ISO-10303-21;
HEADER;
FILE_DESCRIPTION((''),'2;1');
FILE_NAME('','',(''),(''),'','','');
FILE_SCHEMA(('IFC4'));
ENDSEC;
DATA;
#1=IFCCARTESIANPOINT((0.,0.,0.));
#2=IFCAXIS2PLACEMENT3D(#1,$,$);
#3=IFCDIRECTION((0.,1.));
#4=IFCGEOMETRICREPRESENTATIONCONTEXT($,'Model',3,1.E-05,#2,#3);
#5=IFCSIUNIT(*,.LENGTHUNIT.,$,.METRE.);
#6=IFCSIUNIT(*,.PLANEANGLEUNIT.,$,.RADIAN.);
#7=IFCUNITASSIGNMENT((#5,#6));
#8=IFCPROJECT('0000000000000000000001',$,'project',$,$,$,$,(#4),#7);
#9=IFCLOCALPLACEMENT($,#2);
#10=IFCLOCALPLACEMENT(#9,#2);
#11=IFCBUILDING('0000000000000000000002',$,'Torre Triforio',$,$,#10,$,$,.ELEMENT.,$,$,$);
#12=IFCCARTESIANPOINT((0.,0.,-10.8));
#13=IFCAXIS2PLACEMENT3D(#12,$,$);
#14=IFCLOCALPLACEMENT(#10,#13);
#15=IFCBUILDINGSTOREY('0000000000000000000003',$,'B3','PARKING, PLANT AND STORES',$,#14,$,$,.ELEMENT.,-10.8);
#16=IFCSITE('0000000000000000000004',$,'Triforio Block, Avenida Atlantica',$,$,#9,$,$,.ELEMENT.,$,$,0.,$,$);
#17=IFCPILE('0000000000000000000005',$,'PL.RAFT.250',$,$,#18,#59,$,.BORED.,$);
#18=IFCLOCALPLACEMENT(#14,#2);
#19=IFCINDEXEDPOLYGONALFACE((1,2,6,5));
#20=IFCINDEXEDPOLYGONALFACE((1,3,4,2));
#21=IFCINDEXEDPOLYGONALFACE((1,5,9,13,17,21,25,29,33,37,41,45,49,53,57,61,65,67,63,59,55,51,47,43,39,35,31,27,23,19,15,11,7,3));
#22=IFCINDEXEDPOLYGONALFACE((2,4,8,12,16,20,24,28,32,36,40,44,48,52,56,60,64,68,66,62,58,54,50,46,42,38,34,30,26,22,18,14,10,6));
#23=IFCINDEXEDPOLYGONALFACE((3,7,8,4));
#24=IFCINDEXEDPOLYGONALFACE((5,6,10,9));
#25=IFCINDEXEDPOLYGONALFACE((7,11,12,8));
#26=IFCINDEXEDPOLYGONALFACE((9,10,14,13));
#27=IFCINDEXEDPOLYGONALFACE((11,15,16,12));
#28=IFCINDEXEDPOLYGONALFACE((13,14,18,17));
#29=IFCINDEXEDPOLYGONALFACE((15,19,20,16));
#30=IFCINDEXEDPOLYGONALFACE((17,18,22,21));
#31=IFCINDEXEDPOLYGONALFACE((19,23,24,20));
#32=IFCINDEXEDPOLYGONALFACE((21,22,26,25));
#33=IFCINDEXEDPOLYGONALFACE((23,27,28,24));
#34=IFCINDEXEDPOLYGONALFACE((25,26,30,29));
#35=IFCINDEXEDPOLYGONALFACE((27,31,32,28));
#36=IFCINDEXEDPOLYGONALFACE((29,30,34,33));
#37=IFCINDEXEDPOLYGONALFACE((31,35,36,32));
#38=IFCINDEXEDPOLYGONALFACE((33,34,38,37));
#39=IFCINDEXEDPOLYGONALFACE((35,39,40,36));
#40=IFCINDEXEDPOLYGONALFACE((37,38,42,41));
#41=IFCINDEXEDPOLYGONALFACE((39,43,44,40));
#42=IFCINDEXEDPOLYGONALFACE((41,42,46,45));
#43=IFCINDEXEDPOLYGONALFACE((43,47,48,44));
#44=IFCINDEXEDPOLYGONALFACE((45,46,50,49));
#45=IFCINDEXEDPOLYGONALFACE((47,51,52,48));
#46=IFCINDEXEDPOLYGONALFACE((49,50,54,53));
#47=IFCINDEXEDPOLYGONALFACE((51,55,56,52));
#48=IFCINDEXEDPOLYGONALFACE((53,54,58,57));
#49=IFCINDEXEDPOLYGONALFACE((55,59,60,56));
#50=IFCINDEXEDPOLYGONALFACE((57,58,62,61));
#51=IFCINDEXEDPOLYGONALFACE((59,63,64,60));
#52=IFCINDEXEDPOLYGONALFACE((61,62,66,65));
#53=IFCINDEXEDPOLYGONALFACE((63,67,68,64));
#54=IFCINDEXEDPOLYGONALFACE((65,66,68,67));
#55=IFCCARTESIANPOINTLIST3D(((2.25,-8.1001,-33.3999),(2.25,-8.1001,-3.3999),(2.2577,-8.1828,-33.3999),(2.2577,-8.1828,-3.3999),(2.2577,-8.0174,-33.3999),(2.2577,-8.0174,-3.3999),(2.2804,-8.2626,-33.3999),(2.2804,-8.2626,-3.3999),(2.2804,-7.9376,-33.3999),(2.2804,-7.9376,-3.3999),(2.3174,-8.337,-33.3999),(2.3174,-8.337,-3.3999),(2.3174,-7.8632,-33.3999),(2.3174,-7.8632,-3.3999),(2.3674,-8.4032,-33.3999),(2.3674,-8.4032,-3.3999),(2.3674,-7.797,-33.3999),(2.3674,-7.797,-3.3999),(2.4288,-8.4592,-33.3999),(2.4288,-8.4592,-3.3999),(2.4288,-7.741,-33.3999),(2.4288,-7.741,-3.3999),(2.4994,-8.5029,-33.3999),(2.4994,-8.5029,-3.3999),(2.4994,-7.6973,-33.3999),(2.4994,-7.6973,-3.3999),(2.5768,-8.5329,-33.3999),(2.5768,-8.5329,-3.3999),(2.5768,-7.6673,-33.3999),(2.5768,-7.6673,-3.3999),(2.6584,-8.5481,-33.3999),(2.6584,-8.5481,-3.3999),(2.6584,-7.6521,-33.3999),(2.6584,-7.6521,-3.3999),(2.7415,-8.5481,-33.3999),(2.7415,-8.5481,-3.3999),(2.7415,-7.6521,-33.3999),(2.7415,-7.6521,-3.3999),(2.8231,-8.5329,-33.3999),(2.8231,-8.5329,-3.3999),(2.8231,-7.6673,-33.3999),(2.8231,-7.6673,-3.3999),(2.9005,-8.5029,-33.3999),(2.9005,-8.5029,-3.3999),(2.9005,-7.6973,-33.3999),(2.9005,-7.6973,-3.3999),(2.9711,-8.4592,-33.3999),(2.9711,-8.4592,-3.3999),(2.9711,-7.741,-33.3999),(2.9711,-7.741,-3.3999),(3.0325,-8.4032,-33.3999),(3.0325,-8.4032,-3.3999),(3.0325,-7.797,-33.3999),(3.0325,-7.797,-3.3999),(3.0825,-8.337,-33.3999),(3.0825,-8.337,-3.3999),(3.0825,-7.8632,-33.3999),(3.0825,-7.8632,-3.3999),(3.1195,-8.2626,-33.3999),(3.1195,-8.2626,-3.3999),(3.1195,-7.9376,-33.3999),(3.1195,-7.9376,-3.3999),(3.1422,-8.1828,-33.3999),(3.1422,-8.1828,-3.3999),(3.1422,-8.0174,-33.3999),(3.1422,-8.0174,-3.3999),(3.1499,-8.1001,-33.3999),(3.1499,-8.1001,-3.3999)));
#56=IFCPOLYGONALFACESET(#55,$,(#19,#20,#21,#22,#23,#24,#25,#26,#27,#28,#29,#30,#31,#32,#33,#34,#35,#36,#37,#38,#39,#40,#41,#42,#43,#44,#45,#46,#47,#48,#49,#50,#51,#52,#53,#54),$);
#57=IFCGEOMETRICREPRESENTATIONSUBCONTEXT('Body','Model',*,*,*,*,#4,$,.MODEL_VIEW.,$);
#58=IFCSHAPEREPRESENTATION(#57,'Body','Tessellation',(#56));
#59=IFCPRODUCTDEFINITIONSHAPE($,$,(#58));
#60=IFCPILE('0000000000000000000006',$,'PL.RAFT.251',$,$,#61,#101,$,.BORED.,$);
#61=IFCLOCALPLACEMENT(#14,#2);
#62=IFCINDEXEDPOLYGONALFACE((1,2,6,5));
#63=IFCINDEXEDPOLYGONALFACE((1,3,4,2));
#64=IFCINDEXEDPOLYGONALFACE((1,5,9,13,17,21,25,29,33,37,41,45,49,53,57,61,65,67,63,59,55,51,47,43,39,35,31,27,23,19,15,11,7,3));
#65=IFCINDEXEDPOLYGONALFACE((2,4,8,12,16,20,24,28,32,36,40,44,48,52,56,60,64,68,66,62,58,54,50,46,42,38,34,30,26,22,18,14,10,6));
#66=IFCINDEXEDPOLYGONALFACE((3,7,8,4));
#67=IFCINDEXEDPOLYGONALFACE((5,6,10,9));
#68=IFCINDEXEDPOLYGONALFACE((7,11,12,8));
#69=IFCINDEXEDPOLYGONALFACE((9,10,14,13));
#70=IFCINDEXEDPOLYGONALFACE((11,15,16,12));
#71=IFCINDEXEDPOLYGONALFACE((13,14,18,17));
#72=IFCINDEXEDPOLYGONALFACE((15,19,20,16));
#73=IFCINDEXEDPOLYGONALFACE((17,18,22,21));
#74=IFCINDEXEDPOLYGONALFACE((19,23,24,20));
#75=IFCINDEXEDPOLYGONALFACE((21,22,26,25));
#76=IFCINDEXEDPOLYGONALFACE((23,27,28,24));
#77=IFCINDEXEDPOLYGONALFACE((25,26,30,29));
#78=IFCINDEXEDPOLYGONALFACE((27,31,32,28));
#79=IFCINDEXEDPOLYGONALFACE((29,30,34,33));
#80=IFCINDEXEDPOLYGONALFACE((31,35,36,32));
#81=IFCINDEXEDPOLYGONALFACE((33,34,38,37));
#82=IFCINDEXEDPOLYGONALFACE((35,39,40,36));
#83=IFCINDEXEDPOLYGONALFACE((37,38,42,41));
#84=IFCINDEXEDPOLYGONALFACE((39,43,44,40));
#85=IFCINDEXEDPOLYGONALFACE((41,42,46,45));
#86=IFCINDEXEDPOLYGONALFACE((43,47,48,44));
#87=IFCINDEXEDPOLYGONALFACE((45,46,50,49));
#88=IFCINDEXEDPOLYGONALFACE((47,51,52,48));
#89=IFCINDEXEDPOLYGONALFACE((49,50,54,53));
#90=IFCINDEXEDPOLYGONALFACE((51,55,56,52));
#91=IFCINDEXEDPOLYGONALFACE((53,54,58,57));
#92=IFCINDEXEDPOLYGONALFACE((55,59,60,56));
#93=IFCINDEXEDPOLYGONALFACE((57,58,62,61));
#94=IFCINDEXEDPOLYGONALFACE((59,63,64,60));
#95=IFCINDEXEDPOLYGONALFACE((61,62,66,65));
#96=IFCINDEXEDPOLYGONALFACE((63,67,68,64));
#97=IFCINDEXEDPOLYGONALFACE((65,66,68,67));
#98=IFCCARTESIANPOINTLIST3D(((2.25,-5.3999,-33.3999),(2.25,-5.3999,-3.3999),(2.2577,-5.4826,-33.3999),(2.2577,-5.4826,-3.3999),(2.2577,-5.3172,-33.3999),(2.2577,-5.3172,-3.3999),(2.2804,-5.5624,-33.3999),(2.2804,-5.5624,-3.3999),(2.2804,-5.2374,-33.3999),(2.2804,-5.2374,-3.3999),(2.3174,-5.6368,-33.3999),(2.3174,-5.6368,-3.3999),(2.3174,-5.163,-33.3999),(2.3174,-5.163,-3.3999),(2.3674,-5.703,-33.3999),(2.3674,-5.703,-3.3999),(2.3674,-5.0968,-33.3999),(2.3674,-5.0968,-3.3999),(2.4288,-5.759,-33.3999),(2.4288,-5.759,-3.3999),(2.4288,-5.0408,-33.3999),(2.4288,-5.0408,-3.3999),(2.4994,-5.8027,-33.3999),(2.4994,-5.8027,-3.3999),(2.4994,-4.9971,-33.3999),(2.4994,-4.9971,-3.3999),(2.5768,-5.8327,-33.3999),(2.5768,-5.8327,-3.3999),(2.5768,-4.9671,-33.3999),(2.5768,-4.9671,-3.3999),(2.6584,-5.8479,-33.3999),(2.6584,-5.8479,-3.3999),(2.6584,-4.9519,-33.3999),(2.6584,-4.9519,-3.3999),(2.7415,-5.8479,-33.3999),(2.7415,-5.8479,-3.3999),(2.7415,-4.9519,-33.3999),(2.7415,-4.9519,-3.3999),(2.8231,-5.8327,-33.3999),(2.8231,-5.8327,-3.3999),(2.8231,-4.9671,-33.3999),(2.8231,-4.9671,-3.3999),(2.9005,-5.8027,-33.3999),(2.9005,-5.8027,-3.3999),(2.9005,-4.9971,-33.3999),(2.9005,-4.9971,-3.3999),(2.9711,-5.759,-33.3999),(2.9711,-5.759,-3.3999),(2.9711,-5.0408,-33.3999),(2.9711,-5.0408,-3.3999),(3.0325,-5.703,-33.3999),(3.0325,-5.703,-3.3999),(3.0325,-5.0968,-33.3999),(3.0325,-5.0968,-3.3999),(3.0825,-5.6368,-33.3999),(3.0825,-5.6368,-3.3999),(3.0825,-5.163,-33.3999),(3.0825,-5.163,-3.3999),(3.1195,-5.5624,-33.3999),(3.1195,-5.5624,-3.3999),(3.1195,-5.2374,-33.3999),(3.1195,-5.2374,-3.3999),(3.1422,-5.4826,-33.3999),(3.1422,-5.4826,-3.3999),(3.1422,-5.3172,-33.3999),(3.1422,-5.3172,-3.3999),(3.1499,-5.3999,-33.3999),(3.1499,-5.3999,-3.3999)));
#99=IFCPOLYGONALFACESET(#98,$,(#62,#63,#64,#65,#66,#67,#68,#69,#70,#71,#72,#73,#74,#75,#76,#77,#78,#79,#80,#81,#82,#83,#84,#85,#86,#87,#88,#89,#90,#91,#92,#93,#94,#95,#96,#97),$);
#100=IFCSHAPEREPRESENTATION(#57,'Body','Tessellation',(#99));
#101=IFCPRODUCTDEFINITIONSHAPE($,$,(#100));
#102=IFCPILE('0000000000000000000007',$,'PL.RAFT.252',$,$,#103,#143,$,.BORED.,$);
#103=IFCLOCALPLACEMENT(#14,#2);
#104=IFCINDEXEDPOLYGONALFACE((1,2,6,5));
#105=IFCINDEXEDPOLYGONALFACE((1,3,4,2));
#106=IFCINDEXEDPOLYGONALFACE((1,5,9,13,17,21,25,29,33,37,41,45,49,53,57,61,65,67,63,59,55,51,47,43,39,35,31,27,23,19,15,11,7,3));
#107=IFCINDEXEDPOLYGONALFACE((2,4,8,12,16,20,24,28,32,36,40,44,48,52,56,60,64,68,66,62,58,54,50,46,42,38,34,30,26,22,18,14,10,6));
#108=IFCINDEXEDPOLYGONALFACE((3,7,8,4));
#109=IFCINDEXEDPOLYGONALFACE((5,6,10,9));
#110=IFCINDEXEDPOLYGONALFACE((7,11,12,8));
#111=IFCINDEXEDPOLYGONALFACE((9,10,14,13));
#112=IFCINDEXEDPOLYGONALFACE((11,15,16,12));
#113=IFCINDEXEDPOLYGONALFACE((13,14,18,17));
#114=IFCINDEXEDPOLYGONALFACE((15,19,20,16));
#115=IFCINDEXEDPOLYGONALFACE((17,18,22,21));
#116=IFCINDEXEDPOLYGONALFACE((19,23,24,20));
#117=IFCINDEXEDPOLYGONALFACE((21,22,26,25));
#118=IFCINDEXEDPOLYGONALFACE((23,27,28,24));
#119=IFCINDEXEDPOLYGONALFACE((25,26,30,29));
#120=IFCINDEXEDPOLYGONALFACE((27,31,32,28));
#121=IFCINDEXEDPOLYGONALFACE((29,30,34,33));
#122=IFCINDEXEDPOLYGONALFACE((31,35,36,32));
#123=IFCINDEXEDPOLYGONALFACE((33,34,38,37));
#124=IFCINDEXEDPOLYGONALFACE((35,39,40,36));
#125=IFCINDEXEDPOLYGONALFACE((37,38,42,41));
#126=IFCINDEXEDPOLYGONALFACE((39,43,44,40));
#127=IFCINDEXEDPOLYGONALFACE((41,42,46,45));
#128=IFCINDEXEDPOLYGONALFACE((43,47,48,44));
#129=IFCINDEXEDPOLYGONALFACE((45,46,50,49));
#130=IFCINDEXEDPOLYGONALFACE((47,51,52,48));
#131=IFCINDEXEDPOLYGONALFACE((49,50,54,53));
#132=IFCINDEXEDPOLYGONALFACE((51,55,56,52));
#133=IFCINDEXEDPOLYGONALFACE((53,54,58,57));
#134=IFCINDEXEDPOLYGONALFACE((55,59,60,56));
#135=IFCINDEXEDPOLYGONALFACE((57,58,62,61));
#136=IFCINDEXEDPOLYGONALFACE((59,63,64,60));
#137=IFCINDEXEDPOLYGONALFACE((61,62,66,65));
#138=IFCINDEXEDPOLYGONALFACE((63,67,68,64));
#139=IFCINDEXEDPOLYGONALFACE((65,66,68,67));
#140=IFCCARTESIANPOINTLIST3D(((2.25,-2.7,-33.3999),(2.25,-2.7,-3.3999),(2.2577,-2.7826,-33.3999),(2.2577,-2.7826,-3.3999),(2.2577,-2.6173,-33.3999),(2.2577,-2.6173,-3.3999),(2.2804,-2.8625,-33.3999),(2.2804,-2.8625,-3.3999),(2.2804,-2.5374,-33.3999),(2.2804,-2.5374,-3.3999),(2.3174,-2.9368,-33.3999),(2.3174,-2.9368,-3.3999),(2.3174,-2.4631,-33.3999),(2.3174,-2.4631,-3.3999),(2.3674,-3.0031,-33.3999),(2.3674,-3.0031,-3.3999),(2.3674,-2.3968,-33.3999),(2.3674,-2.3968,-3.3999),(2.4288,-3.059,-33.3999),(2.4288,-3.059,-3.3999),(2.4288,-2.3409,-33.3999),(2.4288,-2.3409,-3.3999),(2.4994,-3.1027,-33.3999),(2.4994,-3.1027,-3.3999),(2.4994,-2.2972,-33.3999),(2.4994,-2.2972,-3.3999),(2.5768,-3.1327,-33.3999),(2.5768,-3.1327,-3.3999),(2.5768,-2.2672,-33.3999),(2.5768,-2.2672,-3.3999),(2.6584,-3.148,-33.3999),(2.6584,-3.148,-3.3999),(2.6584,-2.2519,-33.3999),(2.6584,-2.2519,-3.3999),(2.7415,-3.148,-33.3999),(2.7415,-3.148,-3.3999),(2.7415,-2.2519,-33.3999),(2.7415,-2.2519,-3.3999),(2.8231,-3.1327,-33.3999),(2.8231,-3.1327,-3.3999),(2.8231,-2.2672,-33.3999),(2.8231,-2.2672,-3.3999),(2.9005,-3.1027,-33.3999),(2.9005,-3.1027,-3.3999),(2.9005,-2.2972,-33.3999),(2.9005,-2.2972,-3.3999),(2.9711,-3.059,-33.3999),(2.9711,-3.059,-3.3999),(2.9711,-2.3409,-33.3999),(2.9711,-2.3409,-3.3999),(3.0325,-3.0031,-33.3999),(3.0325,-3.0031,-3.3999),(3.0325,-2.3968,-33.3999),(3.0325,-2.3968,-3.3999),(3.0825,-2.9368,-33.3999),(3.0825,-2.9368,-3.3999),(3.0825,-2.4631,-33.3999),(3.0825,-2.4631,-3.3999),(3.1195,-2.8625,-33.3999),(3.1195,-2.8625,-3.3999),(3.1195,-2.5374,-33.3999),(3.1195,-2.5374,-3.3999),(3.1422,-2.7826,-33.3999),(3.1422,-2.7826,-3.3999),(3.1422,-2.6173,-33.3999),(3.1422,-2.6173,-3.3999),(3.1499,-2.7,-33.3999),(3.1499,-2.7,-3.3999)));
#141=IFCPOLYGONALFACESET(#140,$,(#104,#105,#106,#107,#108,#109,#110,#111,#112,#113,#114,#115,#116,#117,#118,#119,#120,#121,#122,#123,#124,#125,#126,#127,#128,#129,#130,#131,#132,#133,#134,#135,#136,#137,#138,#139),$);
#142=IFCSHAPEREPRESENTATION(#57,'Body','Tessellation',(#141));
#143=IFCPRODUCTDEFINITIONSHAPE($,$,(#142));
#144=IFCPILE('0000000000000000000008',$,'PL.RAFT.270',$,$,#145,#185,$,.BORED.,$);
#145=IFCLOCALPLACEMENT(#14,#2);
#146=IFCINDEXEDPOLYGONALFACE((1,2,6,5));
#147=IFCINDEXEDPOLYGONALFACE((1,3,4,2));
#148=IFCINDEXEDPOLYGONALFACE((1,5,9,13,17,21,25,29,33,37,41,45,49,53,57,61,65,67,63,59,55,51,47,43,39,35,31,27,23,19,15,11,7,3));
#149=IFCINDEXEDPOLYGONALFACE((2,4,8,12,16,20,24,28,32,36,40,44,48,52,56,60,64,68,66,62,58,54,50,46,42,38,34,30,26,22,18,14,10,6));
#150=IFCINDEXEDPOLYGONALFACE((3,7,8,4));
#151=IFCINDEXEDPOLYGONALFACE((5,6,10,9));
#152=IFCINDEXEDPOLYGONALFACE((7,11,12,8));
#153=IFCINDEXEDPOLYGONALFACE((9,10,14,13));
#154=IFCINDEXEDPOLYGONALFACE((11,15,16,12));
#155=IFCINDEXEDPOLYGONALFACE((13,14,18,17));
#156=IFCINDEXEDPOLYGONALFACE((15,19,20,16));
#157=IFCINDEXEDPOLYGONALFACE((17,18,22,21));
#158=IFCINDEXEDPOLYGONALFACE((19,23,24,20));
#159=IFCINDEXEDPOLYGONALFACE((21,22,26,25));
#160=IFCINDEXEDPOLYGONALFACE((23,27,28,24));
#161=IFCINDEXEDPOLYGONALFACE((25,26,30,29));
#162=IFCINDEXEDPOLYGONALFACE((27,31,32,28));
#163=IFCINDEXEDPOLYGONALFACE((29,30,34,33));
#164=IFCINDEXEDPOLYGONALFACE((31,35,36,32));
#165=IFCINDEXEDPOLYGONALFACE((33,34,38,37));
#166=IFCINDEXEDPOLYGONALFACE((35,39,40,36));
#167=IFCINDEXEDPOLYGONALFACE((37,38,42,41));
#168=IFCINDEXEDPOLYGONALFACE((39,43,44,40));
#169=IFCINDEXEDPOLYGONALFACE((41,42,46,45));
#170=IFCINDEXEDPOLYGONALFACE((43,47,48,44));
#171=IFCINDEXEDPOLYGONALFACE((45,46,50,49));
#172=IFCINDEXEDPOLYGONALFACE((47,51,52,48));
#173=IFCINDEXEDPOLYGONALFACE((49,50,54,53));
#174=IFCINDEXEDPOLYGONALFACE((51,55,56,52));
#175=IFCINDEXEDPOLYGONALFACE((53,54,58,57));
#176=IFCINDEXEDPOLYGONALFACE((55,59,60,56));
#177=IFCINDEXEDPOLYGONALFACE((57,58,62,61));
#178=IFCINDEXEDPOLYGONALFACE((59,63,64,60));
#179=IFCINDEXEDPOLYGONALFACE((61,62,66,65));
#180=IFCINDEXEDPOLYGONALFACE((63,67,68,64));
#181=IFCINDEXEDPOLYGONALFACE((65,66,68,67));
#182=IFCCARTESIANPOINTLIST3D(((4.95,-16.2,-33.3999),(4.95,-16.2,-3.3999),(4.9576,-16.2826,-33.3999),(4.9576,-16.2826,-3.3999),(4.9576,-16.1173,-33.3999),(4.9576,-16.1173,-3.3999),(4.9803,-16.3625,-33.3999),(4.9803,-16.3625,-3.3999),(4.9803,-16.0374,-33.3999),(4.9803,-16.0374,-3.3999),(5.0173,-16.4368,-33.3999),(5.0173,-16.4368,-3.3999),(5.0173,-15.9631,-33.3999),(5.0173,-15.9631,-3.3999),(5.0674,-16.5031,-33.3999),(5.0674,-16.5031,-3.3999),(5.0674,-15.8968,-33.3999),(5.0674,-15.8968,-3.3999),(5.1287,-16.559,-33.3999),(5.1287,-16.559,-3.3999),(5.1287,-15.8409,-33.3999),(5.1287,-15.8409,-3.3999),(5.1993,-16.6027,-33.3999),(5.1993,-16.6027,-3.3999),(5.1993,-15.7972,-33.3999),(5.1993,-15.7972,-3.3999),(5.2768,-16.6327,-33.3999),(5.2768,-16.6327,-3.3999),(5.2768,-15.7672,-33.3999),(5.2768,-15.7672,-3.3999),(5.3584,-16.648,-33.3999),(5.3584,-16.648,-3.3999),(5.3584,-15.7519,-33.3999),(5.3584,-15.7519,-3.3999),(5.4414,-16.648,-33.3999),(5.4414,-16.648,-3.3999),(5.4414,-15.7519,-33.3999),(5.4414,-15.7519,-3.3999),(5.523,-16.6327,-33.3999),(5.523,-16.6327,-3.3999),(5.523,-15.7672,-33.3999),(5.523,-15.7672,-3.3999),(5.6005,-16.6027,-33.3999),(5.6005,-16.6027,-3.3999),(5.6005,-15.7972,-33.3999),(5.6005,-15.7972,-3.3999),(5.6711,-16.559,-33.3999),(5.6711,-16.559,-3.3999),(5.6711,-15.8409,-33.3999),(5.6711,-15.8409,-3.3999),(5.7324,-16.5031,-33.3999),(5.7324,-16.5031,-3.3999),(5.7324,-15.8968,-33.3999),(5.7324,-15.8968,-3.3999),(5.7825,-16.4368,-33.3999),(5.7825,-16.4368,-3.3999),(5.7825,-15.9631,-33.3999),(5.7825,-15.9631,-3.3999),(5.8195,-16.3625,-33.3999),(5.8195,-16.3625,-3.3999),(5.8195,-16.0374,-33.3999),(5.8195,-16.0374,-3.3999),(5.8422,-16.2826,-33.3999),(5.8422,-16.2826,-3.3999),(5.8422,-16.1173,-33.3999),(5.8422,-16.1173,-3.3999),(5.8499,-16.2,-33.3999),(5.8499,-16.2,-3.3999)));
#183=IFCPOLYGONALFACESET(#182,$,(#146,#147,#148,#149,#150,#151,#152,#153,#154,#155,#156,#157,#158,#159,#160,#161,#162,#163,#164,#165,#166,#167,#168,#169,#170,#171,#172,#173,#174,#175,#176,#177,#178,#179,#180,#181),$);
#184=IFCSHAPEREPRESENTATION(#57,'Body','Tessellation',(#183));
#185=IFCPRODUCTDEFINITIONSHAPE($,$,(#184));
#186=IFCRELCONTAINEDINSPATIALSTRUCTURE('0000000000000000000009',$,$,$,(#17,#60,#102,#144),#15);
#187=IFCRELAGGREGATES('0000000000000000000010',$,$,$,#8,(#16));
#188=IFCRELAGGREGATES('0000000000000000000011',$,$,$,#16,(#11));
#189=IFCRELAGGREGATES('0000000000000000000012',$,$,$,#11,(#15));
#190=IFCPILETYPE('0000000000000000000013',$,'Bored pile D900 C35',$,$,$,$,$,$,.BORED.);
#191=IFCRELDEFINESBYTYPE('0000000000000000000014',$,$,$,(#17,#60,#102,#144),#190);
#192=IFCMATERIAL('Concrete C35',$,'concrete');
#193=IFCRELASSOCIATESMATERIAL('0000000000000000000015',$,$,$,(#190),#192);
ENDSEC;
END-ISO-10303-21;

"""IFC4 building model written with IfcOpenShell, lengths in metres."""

from ifc_helpers import new_model, si_unit, direction, frame, origin, origin_2d, place, context, subcontext, project, spatial, circle, extrude, material, material_profile, profile_set, type_object, element, save


model = new_model("IFC4")

# Units and contexts
model_context = context("Model", 3, precision=1e-05, world=origin(), true_north=direction((0.0, 1.0)))
body_context = subcontext(model_context, "Body", "Model", "MODEL_VIEW")
ifc_project = project(units=[si_unit("LENGTHUNIT", "METRE"), si_unit("PLANEANGLEUNIT", "RADIAN")], contexts=[model_context])

# Site, building, storey
site_placement = place(None, origin())
site = spatial("IfcSite", under=ifc_project, at=site_placement, Name="Triforio Block, Avenida Atlantica", CompositionType="ELEMENT", RefElevation=0.0)
building_placement = place(site_placement, origin())
building = spatial("IfcBuilding", under=site, at=building_placement, Name="Torre Triforio", CompositionType="ELEMENT")
storey_placement = place(building_placement, frame((0.0, 0.0, -10.8)))
storey = spatial("IfcBuildingStorey", under=building, at=storey_placement, Name="B3", Description="PARKING, PLANT AND STORES", CompositionType="ELEMENT", Elevation=-10.8)

# Piles
ifc_material_1 = material(Name="Concrete C35", Category="concrete")
ifc_material_profile = material_profile(ifc_material_1, circle(Radius=0.45, at=origin_2d()), Name="RC D900")
ifc_profile_set = profile_set([ifc_material_profile], Name="Concrete C35")
pile_type = type_object("IfcPileType", Name="Bored pile D900 C35", PredefinedType="BORED", material=ifc_profile_set)
for number, where, z_axis, x_axis, name in (
    (1, (2.7, -8.1001, -3.3999), (0.0, 0.0, -1.0), (1.0, 0.0, 0.0), "PL.RAFT.250"),
    (2, (2.7, -5.3999, -3.3999), (0.0, 0.0, -1.0), (1.0, 0.0, 0.0), "PL.RAFT.251"),
    (3, (2.7, -2.7, -3.3999), (0.0, 0.0, -1.0), (1.0, 0.0, 0.0), "PL.RAFT.252"),
    (4, (5.3999, -16.2, -3.3999), (0.0, 0.0, -1.0), (1.0, 0.0, 0.0), "PL.RAFT.270"),
):
    element("IfcPile", number, at=place(storey_placement, frame(where, z_axis=z_axis, x_axis=x_axis)), inside=storey, type_object=pile_type, Name=name, PredefinedType="BORED", context=body_context, shape_type="SweptSolid", body=[
        extrude(circle(Radius=0.45, at=origin_2d()), origin(), (0.0, 0.0, 1.0), 30.0),
    ])

save(model, "model.ifc")
